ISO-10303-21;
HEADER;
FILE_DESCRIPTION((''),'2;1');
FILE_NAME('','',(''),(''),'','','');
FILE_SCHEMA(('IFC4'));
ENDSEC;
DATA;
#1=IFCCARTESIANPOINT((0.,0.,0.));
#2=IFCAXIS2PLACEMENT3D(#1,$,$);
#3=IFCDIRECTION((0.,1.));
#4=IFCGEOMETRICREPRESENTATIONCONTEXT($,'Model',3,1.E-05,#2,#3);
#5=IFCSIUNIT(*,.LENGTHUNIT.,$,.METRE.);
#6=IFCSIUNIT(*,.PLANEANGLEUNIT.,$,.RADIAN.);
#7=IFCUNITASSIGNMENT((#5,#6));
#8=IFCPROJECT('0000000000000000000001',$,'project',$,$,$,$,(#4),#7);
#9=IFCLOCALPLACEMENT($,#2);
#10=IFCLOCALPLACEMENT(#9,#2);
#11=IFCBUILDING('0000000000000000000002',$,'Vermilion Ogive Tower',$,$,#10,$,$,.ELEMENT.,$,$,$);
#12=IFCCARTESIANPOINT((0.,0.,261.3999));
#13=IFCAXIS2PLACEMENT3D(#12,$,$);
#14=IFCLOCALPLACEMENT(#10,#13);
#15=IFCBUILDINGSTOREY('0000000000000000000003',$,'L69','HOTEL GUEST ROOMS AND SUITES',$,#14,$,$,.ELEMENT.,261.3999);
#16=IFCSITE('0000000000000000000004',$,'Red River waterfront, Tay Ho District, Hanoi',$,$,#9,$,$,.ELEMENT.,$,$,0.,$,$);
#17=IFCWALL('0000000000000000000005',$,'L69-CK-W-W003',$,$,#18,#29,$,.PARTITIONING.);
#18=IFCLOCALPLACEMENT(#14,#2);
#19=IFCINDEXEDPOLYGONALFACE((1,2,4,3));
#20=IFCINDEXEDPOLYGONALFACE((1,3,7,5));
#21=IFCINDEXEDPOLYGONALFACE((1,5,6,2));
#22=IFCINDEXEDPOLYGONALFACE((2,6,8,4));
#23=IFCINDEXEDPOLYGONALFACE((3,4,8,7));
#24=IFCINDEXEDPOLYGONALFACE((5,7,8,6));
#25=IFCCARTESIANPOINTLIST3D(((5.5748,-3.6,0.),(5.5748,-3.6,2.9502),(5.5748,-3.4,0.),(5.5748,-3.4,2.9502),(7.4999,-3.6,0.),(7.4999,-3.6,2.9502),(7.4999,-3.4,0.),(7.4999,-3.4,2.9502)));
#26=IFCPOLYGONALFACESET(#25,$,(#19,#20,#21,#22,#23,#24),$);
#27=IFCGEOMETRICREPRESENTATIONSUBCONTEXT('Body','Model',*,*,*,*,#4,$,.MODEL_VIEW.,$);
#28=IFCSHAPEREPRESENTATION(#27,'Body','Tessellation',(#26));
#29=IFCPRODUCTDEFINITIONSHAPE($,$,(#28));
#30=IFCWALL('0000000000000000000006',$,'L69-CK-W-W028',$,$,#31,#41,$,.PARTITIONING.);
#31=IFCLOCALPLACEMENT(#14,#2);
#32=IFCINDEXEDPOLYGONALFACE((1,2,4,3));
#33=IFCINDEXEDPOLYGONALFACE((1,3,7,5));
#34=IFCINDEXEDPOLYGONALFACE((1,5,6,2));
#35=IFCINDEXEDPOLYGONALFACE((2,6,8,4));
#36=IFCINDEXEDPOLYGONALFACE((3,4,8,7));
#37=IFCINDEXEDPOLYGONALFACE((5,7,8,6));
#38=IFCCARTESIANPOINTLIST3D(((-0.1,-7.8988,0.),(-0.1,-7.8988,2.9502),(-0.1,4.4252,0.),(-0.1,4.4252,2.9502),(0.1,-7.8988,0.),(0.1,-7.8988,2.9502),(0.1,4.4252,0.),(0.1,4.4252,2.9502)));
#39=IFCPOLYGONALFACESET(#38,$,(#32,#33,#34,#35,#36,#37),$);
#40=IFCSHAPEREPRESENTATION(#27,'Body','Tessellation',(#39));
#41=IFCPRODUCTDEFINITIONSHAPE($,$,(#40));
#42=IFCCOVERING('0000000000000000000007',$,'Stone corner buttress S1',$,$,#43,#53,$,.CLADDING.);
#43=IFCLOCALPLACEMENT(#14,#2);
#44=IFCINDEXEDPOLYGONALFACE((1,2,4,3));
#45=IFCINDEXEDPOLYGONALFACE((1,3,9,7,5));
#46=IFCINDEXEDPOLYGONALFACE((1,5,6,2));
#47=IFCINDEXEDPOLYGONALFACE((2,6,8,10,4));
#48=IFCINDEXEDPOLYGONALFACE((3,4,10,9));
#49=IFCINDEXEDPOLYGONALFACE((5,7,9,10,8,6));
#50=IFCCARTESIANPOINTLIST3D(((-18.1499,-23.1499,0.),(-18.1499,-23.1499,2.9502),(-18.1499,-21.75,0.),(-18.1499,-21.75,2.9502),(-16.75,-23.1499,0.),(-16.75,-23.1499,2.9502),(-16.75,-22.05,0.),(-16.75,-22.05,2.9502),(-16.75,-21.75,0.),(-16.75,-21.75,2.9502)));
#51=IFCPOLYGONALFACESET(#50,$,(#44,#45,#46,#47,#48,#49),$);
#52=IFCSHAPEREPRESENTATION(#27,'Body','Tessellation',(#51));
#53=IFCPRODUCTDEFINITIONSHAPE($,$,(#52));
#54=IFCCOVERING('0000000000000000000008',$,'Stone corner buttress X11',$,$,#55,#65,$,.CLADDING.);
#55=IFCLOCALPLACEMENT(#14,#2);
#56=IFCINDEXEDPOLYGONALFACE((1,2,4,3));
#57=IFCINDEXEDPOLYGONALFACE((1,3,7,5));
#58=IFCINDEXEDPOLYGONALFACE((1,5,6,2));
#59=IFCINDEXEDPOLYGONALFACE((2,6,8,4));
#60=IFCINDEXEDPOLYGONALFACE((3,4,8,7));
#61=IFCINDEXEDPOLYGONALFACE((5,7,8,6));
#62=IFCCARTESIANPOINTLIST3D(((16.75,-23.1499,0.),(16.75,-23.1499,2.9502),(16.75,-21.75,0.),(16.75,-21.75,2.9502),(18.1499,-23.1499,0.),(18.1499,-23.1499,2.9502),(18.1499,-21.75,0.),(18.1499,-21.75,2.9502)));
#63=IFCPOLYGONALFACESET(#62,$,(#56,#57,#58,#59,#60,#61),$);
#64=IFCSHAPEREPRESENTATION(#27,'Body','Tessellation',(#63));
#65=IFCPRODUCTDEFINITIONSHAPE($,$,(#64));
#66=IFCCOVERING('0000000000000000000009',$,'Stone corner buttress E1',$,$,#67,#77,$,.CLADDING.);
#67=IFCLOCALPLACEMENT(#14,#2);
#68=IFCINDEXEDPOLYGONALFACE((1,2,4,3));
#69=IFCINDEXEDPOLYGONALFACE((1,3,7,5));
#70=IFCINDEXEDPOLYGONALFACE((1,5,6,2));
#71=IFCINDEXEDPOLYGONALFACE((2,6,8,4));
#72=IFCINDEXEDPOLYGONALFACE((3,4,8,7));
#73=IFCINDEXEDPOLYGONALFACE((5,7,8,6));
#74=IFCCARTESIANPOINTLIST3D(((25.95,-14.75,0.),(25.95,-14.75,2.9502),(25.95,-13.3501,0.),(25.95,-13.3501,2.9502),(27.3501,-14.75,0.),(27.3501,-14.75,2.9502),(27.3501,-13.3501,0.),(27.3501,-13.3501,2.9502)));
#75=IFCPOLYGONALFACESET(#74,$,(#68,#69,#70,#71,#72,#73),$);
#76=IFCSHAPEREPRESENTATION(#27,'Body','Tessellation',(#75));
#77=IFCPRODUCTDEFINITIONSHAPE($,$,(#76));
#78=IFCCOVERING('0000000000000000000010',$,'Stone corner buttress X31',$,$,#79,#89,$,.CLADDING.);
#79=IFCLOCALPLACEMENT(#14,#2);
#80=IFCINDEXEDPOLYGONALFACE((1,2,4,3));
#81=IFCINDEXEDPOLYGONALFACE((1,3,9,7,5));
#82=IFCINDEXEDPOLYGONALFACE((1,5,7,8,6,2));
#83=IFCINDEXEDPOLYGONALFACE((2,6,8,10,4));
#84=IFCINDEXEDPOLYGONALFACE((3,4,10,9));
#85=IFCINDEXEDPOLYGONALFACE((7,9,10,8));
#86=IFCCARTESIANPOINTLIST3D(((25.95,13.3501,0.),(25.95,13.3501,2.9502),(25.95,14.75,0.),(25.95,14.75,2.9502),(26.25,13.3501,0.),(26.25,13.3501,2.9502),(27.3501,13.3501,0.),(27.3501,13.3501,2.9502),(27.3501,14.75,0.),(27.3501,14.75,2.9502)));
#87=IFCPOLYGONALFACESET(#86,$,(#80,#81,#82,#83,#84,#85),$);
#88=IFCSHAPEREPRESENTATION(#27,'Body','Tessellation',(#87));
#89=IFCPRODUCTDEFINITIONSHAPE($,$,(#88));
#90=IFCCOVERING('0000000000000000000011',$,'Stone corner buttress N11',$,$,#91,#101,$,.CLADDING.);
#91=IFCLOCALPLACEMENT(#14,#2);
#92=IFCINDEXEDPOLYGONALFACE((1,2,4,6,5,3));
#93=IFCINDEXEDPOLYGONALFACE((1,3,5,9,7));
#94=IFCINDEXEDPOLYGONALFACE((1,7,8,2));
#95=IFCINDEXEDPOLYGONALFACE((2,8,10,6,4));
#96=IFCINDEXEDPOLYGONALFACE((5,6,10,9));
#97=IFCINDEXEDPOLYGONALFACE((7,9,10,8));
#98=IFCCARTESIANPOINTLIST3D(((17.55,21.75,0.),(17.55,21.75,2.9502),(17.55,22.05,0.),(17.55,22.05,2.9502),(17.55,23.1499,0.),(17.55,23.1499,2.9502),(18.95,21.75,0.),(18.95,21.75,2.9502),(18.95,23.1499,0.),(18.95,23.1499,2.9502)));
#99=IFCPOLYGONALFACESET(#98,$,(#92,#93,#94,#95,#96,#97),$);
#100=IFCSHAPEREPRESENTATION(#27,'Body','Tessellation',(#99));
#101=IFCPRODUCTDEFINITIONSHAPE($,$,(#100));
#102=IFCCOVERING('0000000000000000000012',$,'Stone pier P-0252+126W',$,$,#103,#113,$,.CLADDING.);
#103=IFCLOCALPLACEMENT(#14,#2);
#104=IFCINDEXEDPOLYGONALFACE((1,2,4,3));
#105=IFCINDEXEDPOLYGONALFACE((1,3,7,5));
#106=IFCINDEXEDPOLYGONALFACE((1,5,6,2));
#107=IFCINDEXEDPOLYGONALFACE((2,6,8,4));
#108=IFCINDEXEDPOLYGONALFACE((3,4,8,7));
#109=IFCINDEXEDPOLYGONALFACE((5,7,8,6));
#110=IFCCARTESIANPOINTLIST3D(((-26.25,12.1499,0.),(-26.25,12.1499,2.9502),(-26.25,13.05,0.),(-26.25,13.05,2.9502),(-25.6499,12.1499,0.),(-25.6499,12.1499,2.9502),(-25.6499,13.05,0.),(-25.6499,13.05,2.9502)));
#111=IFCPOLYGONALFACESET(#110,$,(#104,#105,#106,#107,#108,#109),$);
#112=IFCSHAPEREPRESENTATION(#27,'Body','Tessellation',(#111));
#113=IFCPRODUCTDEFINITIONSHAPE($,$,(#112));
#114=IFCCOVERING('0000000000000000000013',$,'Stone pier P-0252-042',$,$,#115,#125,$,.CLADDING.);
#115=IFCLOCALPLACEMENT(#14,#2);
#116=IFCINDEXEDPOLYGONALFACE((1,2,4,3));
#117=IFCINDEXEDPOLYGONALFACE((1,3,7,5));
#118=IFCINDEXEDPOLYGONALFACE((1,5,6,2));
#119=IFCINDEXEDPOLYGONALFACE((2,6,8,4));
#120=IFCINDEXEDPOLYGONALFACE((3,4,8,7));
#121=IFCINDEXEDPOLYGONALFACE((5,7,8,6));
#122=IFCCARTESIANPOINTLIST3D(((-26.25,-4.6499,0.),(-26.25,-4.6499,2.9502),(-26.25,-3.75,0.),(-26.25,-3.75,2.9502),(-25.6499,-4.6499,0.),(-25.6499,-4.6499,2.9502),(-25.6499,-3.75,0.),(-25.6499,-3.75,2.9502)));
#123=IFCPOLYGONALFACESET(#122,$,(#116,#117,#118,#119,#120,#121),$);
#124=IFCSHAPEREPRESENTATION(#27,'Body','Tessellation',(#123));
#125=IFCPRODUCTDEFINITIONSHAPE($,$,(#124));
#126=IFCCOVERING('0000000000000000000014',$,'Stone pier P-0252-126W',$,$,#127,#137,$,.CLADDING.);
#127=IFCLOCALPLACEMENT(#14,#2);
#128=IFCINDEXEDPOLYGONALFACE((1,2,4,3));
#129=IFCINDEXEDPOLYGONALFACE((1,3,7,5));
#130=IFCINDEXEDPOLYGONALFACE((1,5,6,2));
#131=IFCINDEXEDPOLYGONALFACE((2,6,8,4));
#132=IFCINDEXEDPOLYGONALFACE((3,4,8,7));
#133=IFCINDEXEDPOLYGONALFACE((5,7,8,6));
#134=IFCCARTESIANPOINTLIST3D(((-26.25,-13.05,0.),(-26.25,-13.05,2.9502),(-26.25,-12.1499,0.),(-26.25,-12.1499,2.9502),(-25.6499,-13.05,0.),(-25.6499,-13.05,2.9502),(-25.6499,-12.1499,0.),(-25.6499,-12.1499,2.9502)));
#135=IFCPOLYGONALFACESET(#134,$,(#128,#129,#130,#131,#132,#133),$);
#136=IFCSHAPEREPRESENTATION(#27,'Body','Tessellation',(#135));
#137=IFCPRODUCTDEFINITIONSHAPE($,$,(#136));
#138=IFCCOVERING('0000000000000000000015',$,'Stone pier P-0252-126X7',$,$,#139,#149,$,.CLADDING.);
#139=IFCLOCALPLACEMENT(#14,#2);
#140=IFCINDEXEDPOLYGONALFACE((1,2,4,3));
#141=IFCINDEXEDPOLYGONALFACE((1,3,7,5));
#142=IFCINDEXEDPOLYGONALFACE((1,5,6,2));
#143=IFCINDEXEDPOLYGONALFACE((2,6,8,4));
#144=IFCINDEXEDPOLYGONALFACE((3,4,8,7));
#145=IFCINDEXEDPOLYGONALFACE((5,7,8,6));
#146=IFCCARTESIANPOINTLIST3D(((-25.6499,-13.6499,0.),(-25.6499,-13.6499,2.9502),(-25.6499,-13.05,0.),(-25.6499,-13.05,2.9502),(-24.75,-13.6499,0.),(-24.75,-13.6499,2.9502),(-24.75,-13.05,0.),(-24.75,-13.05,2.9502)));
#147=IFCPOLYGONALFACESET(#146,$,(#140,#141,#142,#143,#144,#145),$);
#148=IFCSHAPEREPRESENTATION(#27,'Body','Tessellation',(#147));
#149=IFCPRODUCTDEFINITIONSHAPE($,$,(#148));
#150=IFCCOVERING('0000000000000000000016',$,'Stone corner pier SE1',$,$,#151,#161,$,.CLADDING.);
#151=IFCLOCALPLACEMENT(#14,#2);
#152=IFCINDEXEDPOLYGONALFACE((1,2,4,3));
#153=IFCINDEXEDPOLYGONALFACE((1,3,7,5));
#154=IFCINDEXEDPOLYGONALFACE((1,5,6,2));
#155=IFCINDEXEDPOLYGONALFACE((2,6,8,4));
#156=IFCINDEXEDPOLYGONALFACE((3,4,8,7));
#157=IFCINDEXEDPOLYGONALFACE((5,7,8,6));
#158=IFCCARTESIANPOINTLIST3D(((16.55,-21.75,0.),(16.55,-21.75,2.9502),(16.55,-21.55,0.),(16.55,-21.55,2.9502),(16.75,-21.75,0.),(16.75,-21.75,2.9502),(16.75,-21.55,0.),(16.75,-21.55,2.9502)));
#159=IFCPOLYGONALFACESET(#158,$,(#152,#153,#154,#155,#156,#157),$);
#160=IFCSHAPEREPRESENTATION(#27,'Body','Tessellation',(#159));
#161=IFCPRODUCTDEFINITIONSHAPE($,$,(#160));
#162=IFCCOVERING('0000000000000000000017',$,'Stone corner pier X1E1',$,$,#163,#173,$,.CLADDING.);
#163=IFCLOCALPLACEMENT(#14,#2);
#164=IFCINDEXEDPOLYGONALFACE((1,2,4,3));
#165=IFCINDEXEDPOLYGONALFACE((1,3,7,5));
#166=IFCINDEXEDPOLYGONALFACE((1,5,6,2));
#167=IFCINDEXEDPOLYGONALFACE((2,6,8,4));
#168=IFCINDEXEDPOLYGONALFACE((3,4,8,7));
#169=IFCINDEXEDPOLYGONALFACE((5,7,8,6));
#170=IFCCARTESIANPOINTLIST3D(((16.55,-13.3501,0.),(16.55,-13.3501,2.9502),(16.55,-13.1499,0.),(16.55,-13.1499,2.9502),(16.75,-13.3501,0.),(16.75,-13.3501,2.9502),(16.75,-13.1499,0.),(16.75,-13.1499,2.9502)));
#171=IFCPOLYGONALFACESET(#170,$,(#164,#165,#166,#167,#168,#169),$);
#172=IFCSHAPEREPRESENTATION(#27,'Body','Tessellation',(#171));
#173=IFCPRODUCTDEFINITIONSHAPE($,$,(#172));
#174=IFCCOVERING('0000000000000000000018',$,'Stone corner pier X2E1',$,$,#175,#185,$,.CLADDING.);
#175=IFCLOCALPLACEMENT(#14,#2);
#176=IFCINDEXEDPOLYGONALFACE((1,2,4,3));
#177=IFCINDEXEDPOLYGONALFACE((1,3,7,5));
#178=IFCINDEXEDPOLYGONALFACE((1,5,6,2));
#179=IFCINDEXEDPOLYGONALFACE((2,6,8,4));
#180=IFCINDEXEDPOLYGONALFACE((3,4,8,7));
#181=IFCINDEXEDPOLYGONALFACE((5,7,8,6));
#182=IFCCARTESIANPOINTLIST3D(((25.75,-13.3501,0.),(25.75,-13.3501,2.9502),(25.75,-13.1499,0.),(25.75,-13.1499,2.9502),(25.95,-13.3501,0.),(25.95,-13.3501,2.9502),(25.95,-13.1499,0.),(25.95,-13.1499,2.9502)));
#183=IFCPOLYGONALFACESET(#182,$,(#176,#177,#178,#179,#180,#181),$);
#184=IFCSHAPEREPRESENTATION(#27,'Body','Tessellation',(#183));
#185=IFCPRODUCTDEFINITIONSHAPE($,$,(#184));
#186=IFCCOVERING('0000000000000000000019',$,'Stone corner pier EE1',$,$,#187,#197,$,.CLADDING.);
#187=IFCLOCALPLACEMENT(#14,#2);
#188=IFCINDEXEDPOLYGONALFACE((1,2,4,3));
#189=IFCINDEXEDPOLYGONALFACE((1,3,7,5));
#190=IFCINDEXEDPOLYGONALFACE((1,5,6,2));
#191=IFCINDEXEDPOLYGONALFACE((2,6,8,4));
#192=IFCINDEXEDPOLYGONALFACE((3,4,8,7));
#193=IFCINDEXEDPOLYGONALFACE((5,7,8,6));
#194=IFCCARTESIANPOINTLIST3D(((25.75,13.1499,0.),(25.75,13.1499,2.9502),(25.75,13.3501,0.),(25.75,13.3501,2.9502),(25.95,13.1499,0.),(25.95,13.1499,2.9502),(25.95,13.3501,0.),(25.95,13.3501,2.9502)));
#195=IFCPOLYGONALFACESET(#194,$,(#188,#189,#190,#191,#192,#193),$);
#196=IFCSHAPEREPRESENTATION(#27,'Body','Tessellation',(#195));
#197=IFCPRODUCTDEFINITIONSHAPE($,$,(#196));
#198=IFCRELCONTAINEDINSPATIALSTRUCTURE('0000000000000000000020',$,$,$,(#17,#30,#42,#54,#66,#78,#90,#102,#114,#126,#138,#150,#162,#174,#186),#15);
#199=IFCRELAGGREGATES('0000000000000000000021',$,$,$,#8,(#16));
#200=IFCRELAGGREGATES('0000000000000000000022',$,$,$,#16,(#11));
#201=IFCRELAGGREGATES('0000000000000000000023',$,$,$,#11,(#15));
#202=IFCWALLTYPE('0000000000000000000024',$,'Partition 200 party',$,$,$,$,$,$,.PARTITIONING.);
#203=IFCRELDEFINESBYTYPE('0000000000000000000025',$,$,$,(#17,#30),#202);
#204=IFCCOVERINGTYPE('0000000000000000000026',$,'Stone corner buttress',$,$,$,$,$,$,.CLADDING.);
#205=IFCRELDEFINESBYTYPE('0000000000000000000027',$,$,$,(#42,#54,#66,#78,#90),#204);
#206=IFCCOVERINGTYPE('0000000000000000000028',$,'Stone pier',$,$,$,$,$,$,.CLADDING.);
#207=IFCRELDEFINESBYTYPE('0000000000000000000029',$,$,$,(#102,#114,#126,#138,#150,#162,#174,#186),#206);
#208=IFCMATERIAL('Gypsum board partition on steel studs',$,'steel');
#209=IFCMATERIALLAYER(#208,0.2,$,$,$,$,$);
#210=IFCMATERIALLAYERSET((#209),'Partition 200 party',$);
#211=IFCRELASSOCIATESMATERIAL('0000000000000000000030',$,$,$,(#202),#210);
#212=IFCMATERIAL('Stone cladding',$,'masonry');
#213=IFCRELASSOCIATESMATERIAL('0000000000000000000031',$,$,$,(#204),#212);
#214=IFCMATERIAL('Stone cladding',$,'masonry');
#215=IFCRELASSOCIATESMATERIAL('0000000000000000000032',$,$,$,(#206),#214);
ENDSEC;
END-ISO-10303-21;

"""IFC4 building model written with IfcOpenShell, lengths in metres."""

from ifc_helpers import new_model, si_unit, direction, frame, frame_2d, origin, place, context, subcontext, project, spatial, polyline, rectangle, outline, extrude, material, layer, layer_set, type_object, element, save


model = new_model("IFC4")

# Units and contexts
model_context = context("Model", 3, precision=1e-05, world=origin(), true_north=direction((0.0, 1.0)))
body_context = subcontext(model_context, "Body", "Model", "MODEL_VIEW")
ifc_project = project(units=[si_unit("LENGTHUNIT", "METRE"), si_unit("PLANEANGLEUNIT", "RADIAN")], contexts=[model_context])

# Site, building, storey
site_placement = place(None, origin())
site = spatial("IfcSite", under=ifc_project, at=site_placement, Name="Red River waterfront, Tay Ho District, Hanoi", CompositionType="ELEMENT", RefElevation=0.0)
building_placement = place(site_placement, origin())
building = spatial("IfcBuilding", under=site, at=building_placement, Name="Vermilion Ogive Tower", CompositionType="ELEMENT")
storey_placement = place(building_placement, frame((0.0, 0.0, 261.3999)))
storey = spatial("IfcBuildingStorey", under=building, at=storey_placement, Name="L69", Description="HOTEL GUEST ROOMS AND SUITES", CompositionType="ELEMENT", Elevation=261.3999)

# Walls
ifc_material_1 = material(Name="Gypsum board partition on steel studs", Category="steel")
ifc_layer_1 = layer(ifc_material_1, 0.2)
ifc_layer_set_1 = layer_set([ifc_layer_1], Name="Partition 200 party")
wall_type_1 = type_object("IfcWallType", Name="Partition 200 party", PredefinedType="PARTITIONING", material=ifc_layer_set_1)
wall_1_placement = place(storey_placement, frame((5.575, -3.5, 0.0), z_axis=(0.0, 0.0, 1.0), x_axis=(1.0, 0.0, 0.0)))
element("IfcWall", 1, at=wall_1_placement, inside=storey, type_object=wall_type_1, Name="L69-CK-W-W003", PredefinedType="PARTITIONING", context=body_context, shape_type="SweptSolid", body=[
    extrude(rectangle(XDim=1.925, YDim=0.2, at=frame_2d((0.9624, 0.0))), origin(), (0.0, 0.0, 1.0), 2.9502),
])
wall_2_placement = place(storey_placement, frame((0.0, -7.8989, 0.0), z_axis=(0.0, 0.0, 1.0), x_axis=(0.0, 1.0, 0.0)))
element("IfcWall", 2, at=wall_2_placement, inside=storey, type_object=wall_type_1, Name="L69-CK-W-W028", PredefinedType="PARTITIONING", context=body_context, shape_type="SweptSolid", body=[
    extrude(rectangle(XDim=12.324, YDim=0.2, at=frame_2d((6.1621, 0.0))), origin(), (0.0, 0.0, 1.0), 2.9502),
])

# Coverings
ifc_material_2 = material(Name="Stone cladding", Category="masonry")
covering_type_1 = type_object("IfcCoveringType", Name="Stone corner buttress", PredefinedType="CLADDING", material=ifc_material_2)
covering_1_placement = place(storey_placement, origin())
element("IfcCovering", 3, at=covering_1_placement, inside=storey, type_object=covering_type_1, Name="Stone corner buttress S1", PredefinedType="CLADDING", context=body_context, shape_type="SweptSolid", body=[
    extrude(outline(polyline([(-18.1499, -21.75), (-16.75, -21.75), (-16.75, -22.05), (-16.75, -23.1499), (-18.1499, -23.1499), (-18.1499, -21.75)])), origin(), (0.0, 0.0, 1.0), 2.9502),
])
covering_2_placement = place(storey_placement, origin())
element("IfcCovering", 4, at=covering_2_placement, inside=storey, type_object=covering_type_1, Name="Stone corner buttress X11", PredefinedType="CLADDING", context=body_context, shape_type="SweptSolid", body=[
    extrude(outline(polyline([(18.1499, -23.1499), (16.75, -23.1499), (16.75, -21.75), (18.1499, -21.75), (18.1499, -23.1499)])), origin(), (0.0, 0.0, 1.0), 2.9502),
])
covering_3_placement = place(storey_placement, origin())
element("IfcCovering", 5, at=covering_3_placement, inside=storey, type_object=covering_type_1, Name="Stone corner buttress E1", PredefinedType="CLADDING", context=body_context, shape_type="SweptSolid", body=[
    extrude(outline(polyline([(27.3501, -14.75), (25.95, -14.75), (25.95, -13.3501), (27.3501, -13.3501), (27.3501, -14.75)])), origin(), (0.0, 0.0, 1.0), 2.9502),
])
covering_4_placement = place(storey_placement, origin())
element("IfcCovering", 6, at=covering_4_placement, inside=storey, type_object=covering_type_1, Name="Stone corner buttress X31", PredefinedType="CLADDING", context=body_context, shape_type="SweptSolid", body=[
    extrude(outline(polyline([(25.95, 14.75), (27.3501, 14.75), (27.3501, 13.3501), (26.25, 13.3501), (25.95, 13.3501), (25.95, 14.75)])), origin(), (0.0, 0.0, 1.0), 2.9502),
])
covering_5_placement = place(storey_placement, origin())
element("IfcCovering", 7, at=covering_5_placement, inside=storey, type_object=covering_type_1, Name="Stone corner buttress N11", PredefinedType="CLADDING", context=body_context, shape_type="SweptSolid", body=[
    extrude(outline(polyline([(18.95, 21.75), (17.55, 21.75), (17.55, 22.05), (17.55, 23.1499), (18.95, 23.1499), (18.95, 21.75)])), origin(), (0.0, 0.0, 1.0), 2.9502),
])
ifc_material_3 = material(Name="Stone cladding", Category="masonry")
covering_type_2 = type_object("IfcCoveringType", Name="Stone pier", PredefinedType="CLADDING", material=ifc_material_3)
covering_6_placement = place(storey_placement, origin())
element("IfcCovering", 8, at=covering_6_placement, inside=storey, type_object=covering_type_2, Name="Stone pier P-0252+126W", PredefinedType="CLADDING", context=body_context, shape_type="SweptSolid", body=[
    extrude(outline(polyline([(-26.25, 13.05), (-25.6499, 13.05), (-25.6499, 12.1499), (-26.25, 12.1499), (-26.25, 13.05)])), origin(), (0.0, 0.0, 1.0), 2.9502),
])
covering_7_placement = place(storey_placement, origin())
element("IfcCovering", 9, at=covering_7_placement, inside=storey, type_object=covering_type_2, Name="Stone pier P-0252-042", PredefinedType="CLADDING", context=body_context, shape_type="SweptSolid", body=[
    extrude(outline(polyline([(-26.25, -4.6499), (-26.25, -3.75), (-25.6499, -3.75), (-25.6499, -4.6499), (-26.25, -4.6499)])), origin(), (0.0, 0.0, 1.0), 2.9502),
])
covering_8_placement = place(storey_placement, origin())
element("IfcCovering", 10, at=covering_8_placement, inside=storey, type_object=covering_type_2, Name="Stone pier P-0252-126W", PredefinedType="CLADDING", context=body_context, shape_type="SweptSolid", body=[
    extrude(outline(polyline([(-26.25, -13.05), (-26.25, -12.1499), (-25.6499, -12.1499), (-25.6499, -13.05), (-26.25, -13.05)])), origin(), (0.0, 0.0, 1.0), 2.9502),
])
covering_9_placement = place(storey_placement, origin())
element("IfcCovering", 11, at=covering_9_placement, inside=storey, type_object=covering_type_2, Name="Stone pier P-0252-126X7", PredefinedType="CLADDING", context=body_context, shape_type="SweptSolid", body=[
    extrude(outline(polyline([(-25.6499, -13.6499), (-25.6499, -13.05), (-24.75, -13.05), (-24.75, -13.6499), (-25.6499, -13.6499)])), origin(), (0.0, 0.0, 1.0), 2.9502),
])
covering_10_placement = place(storey_placement, origin())
element("IfcCovering", 12, at=covering_10_placement, inside=storey, type_object=covering_type_2, Name="Stone corner pier SE1", PredefinedType="CLADDING", context=body_context, shape_type="SweptSolid", body=[
    extrude(outline(polyline([(16.55, -21.55), (16.75, -21.55), (16.75, -21.75), (16.55, -21.75), (16.55, -21.55)])), origin(), (0.0, 0.0, 1.0), 2.9502),
])
covering_11_placement = place(storey_placement, origin())
element("IfcCovering", 13, at=covering_11_placement, inside=storey, type_object=covering_type_2, Name="Stone corner pier X1E1", PredefinedType="CLADDING", context=body_context, shape_type="SweptSolid", body=[
    extrude(outline(polyline([(16.55, -13.1499), (16.75, -13.1499), (16.75, -13.3501), (16.55, -13.3501), (16.55, -13.1499)])), origin(), (0.0, 0.0, 1.0), 2.9502),
])
covering_12_placement = place(storey_placement, origin())
element("IfcCovering", 14, at=covering_12_placement, inside=storey, type_object=covering_type_2, Name="Stone corner pier X2E1", PredefinedType="CLADDING", context=body_context, shape_type="SweptSolid", body=[
    extrude(outline(polyline([(25.75, -13.1499), (25.95, -13.1499), (25.95, -13.3501), (25.75, -13.3501), (25.75, -13.1499)])), origin(), (0.0, 0.0, 1.0), 2.9502),
])
covering_13_placement = place(storey_placement, origin())
element("IfcCovering", 15, at=covering_13_placement, inside=storey, type_object=covering_type_2, Name="Stone corner pier EE1", PredefinedType="CLADDING", context=body_context, shape_type="SweptSolid", body=[
    extrude(outline(polyline([(25.75, 13.1499), (25.75, 13.3501), (25.95, 13.3501), (25.95, 13.1499), (25.75, 13.1499)])), origin(), (0.0, 0.0, 1.0), 2.9502),
])

save(model, "model.ifc")
